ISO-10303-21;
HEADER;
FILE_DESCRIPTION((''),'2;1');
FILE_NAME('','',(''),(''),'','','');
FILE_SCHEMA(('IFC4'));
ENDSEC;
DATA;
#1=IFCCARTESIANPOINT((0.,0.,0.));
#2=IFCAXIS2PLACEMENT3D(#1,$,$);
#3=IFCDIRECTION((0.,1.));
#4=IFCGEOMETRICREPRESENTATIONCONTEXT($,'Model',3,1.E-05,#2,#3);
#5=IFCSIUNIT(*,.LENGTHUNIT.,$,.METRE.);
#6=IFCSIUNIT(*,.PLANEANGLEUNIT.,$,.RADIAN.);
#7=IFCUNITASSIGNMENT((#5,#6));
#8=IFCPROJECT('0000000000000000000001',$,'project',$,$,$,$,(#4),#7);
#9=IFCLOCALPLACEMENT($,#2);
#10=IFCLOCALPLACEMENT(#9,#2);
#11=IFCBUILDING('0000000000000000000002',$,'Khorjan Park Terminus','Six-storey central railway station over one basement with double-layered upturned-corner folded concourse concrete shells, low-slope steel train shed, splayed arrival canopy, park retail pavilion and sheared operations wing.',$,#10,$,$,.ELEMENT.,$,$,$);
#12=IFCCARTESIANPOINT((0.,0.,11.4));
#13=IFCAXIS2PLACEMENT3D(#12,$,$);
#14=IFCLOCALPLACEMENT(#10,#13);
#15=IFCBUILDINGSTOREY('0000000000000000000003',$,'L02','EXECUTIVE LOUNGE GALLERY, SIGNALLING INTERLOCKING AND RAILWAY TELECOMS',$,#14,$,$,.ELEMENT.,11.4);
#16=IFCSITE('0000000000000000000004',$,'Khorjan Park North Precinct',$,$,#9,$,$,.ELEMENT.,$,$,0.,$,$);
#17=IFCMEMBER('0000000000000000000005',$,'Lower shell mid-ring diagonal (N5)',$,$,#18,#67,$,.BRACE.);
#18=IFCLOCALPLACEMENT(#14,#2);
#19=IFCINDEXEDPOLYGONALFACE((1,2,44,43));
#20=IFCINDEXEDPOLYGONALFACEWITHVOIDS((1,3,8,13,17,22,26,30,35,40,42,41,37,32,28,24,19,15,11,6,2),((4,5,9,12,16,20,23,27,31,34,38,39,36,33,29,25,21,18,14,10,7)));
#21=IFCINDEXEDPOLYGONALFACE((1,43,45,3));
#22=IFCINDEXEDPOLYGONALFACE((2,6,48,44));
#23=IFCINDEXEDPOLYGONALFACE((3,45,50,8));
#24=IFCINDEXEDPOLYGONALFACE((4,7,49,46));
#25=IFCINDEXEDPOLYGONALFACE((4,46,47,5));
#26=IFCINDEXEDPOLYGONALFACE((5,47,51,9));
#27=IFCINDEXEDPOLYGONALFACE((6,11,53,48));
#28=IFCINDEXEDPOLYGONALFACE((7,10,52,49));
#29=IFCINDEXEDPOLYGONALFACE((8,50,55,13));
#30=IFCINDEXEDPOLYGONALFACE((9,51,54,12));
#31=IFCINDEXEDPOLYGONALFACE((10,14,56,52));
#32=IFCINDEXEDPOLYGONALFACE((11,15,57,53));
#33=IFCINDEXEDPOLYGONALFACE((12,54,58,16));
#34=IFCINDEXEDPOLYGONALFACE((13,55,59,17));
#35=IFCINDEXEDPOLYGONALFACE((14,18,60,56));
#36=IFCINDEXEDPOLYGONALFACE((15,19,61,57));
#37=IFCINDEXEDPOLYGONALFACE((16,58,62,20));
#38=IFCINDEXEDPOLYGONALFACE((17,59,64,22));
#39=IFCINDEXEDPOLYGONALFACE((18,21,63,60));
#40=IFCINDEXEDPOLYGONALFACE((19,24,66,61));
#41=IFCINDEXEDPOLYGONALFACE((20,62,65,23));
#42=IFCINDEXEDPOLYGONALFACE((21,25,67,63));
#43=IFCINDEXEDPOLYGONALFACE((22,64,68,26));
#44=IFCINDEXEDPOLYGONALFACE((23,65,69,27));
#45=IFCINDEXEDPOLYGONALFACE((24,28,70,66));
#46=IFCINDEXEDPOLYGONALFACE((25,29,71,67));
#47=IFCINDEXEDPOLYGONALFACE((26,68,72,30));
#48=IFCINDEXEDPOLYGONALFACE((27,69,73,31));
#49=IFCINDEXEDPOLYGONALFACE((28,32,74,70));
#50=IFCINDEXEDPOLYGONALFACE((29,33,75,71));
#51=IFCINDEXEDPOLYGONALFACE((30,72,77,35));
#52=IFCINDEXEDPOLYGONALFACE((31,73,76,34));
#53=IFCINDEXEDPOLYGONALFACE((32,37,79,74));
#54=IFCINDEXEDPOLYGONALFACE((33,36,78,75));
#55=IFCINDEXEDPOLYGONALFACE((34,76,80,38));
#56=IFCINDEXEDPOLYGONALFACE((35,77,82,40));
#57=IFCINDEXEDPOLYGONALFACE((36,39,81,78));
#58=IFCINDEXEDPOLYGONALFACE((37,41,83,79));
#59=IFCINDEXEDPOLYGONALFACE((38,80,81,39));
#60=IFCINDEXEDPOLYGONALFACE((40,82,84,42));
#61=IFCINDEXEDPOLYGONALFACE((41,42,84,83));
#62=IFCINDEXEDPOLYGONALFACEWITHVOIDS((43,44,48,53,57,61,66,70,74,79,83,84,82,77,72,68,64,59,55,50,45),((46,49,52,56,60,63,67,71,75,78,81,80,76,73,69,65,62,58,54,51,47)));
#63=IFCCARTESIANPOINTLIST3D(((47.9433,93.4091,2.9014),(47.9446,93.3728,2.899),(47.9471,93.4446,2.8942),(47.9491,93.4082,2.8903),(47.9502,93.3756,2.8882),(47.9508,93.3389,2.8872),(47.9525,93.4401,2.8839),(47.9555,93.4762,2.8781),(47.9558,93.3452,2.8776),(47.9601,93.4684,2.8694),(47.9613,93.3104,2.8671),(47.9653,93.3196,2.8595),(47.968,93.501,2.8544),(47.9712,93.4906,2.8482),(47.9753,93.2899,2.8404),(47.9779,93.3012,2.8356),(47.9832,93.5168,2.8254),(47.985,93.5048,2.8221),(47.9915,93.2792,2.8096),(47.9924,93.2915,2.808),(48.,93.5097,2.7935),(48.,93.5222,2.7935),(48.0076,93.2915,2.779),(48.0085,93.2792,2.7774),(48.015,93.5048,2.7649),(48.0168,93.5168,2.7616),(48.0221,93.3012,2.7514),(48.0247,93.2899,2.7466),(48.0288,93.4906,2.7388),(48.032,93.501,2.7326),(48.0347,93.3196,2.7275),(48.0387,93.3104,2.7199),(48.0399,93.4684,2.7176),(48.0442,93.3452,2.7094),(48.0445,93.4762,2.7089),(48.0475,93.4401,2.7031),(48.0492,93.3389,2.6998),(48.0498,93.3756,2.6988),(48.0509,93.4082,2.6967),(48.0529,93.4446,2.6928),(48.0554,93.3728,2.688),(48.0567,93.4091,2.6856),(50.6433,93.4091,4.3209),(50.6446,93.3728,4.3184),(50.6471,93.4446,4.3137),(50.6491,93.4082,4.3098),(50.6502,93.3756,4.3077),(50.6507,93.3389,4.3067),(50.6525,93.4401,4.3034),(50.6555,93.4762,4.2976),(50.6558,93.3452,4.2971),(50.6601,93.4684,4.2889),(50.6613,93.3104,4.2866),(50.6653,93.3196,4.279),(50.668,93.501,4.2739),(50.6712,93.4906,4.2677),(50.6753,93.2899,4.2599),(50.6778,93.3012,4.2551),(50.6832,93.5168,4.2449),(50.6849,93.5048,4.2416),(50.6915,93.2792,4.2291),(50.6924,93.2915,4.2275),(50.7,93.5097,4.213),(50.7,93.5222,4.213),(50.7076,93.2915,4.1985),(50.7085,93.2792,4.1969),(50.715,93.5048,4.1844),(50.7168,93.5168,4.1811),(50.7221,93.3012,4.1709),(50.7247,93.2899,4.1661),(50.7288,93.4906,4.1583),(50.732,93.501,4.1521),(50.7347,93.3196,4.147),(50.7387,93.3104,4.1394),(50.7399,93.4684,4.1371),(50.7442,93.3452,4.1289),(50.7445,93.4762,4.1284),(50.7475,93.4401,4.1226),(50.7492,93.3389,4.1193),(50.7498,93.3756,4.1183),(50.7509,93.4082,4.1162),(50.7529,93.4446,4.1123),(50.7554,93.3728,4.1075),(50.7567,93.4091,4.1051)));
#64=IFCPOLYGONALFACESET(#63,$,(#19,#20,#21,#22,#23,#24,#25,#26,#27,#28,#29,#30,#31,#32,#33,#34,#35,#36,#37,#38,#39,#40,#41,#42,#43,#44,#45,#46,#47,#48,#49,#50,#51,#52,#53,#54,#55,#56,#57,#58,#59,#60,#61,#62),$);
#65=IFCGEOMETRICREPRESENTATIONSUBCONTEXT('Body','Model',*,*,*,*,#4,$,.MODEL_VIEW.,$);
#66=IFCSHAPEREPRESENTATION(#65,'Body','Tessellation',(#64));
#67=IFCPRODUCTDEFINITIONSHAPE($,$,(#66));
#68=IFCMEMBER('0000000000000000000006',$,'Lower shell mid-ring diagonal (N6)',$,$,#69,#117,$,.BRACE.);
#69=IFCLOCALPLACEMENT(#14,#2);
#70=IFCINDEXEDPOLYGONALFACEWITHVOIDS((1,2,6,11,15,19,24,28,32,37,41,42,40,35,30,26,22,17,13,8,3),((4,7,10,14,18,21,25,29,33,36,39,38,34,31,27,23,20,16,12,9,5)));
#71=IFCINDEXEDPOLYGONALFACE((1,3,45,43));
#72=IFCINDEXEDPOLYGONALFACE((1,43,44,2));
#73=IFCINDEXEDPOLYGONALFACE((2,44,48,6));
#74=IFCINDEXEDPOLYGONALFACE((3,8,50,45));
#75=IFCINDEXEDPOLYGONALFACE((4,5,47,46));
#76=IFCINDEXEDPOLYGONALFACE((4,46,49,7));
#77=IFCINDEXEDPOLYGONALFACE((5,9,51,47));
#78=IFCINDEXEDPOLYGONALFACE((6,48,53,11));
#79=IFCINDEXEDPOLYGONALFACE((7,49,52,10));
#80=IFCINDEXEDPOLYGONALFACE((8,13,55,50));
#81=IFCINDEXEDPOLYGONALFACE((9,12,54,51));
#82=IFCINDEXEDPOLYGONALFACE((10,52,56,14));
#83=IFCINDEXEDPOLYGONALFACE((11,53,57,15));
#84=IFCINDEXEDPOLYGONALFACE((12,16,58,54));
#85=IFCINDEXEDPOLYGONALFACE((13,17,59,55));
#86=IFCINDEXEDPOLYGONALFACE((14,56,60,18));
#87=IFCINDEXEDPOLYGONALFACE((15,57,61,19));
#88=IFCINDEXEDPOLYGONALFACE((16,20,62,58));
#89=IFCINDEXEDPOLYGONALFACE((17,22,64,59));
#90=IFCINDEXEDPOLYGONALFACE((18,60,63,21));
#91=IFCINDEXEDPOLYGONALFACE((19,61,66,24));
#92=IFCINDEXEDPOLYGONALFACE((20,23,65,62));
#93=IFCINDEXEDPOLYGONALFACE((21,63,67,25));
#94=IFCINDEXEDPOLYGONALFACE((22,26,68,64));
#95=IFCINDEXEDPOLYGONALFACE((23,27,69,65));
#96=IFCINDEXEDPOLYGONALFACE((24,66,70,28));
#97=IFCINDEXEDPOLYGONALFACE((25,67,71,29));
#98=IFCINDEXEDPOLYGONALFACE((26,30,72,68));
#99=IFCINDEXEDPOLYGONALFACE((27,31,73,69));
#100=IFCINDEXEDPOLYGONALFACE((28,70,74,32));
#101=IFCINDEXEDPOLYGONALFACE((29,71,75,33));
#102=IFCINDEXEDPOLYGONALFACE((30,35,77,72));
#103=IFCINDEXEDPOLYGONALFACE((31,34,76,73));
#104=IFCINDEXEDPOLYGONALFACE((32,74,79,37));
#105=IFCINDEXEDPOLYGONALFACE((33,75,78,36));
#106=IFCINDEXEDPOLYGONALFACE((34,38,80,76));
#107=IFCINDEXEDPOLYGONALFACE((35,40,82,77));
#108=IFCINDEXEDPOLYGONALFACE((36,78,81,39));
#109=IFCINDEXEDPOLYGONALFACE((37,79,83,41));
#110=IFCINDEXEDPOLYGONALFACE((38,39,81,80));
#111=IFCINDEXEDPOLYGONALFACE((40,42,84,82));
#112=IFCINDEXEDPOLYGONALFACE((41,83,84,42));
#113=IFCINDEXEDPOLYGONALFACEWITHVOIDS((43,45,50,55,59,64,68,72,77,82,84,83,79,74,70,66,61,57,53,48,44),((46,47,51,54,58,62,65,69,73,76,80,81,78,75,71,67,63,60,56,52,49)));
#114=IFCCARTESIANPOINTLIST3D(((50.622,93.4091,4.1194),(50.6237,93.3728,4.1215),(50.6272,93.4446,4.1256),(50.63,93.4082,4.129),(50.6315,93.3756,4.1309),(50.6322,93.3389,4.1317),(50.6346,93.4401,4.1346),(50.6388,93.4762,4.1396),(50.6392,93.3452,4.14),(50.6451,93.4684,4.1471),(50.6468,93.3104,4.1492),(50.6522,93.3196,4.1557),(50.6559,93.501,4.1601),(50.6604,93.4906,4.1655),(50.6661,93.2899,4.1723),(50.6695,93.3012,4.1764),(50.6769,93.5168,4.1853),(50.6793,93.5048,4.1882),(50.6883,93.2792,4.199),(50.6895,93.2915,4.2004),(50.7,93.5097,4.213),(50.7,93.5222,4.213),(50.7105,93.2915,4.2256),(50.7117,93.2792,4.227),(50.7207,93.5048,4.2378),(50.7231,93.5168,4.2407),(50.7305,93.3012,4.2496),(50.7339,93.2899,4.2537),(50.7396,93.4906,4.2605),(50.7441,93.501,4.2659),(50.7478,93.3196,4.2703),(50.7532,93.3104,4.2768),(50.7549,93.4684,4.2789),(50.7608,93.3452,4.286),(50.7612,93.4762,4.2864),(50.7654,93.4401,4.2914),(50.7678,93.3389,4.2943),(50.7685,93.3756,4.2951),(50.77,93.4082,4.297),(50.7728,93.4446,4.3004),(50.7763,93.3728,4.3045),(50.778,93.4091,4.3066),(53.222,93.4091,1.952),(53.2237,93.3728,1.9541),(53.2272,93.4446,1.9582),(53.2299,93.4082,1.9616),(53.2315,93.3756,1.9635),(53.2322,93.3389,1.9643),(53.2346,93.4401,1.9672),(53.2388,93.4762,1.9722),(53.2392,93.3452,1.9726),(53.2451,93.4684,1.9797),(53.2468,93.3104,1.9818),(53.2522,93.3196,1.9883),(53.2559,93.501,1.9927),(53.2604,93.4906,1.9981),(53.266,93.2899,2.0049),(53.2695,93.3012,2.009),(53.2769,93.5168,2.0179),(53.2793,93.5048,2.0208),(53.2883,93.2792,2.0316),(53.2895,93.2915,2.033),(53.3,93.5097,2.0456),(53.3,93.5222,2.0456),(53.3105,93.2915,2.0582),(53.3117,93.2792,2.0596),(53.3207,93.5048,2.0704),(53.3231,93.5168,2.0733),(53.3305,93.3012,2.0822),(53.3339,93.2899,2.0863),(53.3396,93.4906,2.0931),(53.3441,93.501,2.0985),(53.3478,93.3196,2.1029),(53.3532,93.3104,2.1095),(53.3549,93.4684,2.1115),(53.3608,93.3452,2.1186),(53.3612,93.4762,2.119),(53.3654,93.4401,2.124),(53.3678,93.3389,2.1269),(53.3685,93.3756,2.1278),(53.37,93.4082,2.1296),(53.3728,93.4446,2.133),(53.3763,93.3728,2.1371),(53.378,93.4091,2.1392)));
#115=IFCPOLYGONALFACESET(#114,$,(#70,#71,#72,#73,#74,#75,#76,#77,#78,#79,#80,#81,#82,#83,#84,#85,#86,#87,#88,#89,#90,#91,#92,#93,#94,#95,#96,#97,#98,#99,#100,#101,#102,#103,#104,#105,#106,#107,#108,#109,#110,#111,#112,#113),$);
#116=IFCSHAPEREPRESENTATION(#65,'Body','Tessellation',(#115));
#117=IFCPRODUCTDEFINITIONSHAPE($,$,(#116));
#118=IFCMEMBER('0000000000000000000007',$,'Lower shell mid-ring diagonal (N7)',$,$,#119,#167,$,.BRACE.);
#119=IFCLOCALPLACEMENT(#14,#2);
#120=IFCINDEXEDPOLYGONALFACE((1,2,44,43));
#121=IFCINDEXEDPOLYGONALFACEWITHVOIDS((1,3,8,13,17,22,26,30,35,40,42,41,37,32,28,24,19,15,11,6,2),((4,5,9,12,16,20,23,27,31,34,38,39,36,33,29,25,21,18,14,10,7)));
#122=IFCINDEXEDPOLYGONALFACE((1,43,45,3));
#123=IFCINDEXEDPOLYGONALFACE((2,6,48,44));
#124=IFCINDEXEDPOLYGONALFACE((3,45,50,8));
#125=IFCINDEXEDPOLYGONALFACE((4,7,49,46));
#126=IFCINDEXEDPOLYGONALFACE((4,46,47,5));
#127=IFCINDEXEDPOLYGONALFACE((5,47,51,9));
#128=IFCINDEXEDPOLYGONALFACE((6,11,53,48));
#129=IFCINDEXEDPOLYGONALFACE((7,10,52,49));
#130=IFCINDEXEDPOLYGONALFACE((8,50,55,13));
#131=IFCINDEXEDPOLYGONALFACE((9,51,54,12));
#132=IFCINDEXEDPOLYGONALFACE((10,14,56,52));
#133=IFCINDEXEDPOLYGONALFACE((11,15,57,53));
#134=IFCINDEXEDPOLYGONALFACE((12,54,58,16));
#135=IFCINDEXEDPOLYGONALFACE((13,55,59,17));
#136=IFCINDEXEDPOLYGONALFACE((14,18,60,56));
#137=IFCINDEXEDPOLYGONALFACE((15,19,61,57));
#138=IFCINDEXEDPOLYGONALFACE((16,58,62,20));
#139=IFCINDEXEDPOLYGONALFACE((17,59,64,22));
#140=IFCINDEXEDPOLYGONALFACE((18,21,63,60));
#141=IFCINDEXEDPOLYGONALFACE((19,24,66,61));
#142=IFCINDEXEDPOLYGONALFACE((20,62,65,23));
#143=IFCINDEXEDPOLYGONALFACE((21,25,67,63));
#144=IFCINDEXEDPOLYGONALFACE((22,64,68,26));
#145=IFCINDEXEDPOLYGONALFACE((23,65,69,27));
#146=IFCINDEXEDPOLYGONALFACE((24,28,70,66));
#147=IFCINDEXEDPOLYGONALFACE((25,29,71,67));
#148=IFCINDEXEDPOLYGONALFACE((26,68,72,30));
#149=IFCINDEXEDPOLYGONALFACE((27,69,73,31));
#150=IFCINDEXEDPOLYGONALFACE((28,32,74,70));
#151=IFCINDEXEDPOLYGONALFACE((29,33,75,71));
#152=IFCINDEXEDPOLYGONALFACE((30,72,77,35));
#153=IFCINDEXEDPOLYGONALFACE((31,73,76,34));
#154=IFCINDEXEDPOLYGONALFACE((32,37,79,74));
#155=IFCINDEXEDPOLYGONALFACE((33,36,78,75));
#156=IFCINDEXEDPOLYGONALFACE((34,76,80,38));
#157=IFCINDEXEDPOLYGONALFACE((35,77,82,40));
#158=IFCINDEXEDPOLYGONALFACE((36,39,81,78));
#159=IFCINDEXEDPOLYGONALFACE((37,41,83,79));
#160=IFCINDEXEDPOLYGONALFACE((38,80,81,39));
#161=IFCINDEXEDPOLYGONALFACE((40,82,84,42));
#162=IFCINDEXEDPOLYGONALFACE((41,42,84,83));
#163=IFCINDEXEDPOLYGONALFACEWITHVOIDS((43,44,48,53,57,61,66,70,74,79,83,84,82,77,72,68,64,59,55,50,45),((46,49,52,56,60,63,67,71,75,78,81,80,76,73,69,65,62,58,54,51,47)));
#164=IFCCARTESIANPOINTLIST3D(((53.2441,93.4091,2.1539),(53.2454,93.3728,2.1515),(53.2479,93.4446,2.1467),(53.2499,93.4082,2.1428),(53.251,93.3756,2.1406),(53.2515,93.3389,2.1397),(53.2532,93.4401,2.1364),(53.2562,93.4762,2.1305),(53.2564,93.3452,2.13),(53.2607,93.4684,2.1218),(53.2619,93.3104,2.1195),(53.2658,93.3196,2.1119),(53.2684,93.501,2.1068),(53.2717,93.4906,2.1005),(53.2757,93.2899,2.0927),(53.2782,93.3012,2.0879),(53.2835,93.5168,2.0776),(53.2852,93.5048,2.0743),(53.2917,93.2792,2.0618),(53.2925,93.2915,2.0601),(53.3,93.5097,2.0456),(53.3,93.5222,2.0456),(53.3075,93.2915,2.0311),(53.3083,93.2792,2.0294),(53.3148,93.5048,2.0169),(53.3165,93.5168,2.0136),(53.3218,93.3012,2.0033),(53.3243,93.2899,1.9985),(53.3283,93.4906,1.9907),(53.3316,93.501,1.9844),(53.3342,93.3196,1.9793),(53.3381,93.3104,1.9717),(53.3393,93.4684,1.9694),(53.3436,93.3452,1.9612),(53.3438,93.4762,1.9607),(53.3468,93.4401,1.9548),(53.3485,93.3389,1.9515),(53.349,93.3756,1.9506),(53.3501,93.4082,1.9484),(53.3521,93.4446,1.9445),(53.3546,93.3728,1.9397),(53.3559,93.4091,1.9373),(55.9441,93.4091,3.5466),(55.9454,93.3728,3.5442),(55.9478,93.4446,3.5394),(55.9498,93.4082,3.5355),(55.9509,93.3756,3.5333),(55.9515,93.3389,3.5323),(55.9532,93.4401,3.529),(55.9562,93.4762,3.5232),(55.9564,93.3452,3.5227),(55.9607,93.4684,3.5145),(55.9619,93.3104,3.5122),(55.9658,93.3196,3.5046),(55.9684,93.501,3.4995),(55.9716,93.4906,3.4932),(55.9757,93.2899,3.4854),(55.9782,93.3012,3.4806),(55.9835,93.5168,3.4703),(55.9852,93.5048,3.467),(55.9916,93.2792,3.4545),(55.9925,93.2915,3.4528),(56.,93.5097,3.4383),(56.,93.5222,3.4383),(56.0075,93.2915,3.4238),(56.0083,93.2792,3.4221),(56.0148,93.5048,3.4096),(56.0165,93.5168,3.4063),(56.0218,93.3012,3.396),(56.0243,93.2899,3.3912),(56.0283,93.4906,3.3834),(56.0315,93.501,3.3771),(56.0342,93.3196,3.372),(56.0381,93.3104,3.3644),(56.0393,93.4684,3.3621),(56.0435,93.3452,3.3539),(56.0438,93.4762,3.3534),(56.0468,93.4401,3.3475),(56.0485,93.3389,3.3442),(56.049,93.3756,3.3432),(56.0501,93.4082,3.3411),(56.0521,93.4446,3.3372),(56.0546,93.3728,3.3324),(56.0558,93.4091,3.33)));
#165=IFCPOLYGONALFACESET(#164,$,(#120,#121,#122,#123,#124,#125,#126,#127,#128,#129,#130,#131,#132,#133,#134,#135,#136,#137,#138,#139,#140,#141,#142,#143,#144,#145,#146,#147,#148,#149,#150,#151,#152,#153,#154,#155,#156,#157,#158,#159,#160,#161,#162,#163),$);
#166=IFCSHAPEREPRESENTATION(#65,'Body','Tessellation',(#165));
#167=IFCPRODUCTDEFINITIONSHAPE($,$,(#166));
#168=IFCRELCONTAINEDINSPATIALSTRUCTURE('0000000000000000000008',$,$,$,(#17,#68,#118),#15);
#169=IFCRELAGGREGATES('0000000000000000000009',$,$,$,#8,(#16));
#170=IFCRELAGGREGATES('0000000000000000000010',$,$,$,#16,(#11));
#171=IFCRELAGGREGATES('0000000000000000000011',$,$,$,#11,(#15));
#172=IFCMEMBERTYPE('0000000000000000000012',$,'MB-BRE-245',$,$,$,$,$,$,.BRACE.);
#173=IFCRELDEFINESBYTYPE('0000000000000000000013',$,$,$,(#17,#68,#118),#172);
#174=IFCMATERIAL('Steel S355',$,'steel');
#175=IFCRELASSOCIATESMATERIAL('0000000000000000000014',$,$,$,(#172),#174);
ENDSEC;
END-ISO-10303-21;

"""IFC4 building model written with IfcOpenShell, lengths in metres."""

from ifc_helpers import new_model, si_unit, direction, frame, origin, origin_2d, place, context, subcontext, project, spatial, hollow_circle, extrude, material, material_profile, profile_set, type_object, element, save


model = new_model("IFC4")

# Units and contexts
model_context = context("Model", 3, precision=1e-05, world=origin(), true_north=direction((0.0, 1.0)))
body_context = subcontext(model_context, "Body", "Model", "MODEL_VIEW")
ifc_project = project(units=[si_unit("LENGTHUNIT", "METRE"), si_unit("PLANEANGLEUNIT", "RADIAN")], contexts=[model_context])

# Site, building, storey
site_placement = place(None, origin())
site = spatial("IfcSite", under=ifc_project, at=site_placement, Name="Khorjan Park North Precinct", CompositionType="ELEMENT", RefElevation=0.0)
building_placement = place(site_placement, origin())
building = spatial("IfcBuilding", under=site, at=building_placement, Name="Khorjan Park Terminus", Description="Six-storey central railway station over one basement with double-layered upturned-corner folded concourse concrete shells, low-slope steel train shed, splayed arrival canopy, park retail pavilion and sheared operations wing.", CompositionType="ELEMENT")
storey_placement = place(building_placement, frame((0.0, 0.0, 11.4)))
storey = spatial("IfcBuildingStorey", under=building, at=storey_placement, Name="L02", Description="EXECUTIVE LOUNGE GALLERY, SIGNALLING INTERLOCKING AND RAILWAY TELECOMS", CompositionType="ELEMENT", Elevation=11.4)

# Members
ifc_material_1 = material(Name="Steel S355", Category="steel")
ifc_material_profile_1 = material_profile(ifc_material_1, hollow_circle(Radius=0.1222, WallThickness=0.0125, at=origin_2d()), Name="CHS 244.5x12.5")
ifc_profile_set_1 = profile_set([ifc_material_profile_1], Name="Steel S355")
member_type_1 = type_object("IfcMemberType", Name="MB-BRE-245", PredefinedType="BRACE", material=ifc_profile_set_1)
member_1_placement = place(storey_placement, frame((48.0, 93.4, 2.7935), z_axis=(0.885128, 0.0, 0.465348), x_axis=(0.0, 1.0, 0.0)))
element("IfcMember", 1, at=member_1_placement, inside=storey, type_object=member_type_1, Name="Lower shell mid-ring diagonal (N5)", PredefinedType="BRACE", context=body_context, shape_type="SweptSolid", body=[
    extrude(hollow_circle(Radius=0.1222, WallThickness=0.0125, at=origin_2d()), origin(), (0.0, 0.0, 1.0), 3.0504),
])
member_2_placement = place(storey_placement, frame((50.7, 93.4, 4.213), z_axis=(0.768115, 0.0, -0.640312), x_axis=(0.0, 1.0, 0.0)))
element("IfcMember", 2, at=member_2_placement, inside=storey, type_object=member_type_1, Name="Lower shell mid-ring diagonal (N6)", PredefinedType="BRACE", context=body_context, shape_type="SweptSolid", body=[
    extrude(hollow_circle(Radius=0.1222, WallThickness=0.0125, at=origin_2d()), origin(), (0.0, 0.0, 1.0), 3.3849),
])
member_3_placement = place(storey_placement, frame((53.3, 93.4, 2.0456), z_axis=(0.888734, 0.0, 0.458422), x_axis=(0.0, 1.0, 0.0)))
element("IfcMember", 3, at=member_3_placement, inside=storey, type_object=member_type_1, Name="Lower shell mid-ring diagonal (N7)", PredefinedType="BRACE", context=body_context, shape_type="SweptSolid", body=[
    extrude(hollow_circle(Radius=0.1222, WallThickness=0.0125, at=origin_2d()), origin(), (0.0, 0.0, 1.0), 3.038),
])

save(model, "model.ifc")
